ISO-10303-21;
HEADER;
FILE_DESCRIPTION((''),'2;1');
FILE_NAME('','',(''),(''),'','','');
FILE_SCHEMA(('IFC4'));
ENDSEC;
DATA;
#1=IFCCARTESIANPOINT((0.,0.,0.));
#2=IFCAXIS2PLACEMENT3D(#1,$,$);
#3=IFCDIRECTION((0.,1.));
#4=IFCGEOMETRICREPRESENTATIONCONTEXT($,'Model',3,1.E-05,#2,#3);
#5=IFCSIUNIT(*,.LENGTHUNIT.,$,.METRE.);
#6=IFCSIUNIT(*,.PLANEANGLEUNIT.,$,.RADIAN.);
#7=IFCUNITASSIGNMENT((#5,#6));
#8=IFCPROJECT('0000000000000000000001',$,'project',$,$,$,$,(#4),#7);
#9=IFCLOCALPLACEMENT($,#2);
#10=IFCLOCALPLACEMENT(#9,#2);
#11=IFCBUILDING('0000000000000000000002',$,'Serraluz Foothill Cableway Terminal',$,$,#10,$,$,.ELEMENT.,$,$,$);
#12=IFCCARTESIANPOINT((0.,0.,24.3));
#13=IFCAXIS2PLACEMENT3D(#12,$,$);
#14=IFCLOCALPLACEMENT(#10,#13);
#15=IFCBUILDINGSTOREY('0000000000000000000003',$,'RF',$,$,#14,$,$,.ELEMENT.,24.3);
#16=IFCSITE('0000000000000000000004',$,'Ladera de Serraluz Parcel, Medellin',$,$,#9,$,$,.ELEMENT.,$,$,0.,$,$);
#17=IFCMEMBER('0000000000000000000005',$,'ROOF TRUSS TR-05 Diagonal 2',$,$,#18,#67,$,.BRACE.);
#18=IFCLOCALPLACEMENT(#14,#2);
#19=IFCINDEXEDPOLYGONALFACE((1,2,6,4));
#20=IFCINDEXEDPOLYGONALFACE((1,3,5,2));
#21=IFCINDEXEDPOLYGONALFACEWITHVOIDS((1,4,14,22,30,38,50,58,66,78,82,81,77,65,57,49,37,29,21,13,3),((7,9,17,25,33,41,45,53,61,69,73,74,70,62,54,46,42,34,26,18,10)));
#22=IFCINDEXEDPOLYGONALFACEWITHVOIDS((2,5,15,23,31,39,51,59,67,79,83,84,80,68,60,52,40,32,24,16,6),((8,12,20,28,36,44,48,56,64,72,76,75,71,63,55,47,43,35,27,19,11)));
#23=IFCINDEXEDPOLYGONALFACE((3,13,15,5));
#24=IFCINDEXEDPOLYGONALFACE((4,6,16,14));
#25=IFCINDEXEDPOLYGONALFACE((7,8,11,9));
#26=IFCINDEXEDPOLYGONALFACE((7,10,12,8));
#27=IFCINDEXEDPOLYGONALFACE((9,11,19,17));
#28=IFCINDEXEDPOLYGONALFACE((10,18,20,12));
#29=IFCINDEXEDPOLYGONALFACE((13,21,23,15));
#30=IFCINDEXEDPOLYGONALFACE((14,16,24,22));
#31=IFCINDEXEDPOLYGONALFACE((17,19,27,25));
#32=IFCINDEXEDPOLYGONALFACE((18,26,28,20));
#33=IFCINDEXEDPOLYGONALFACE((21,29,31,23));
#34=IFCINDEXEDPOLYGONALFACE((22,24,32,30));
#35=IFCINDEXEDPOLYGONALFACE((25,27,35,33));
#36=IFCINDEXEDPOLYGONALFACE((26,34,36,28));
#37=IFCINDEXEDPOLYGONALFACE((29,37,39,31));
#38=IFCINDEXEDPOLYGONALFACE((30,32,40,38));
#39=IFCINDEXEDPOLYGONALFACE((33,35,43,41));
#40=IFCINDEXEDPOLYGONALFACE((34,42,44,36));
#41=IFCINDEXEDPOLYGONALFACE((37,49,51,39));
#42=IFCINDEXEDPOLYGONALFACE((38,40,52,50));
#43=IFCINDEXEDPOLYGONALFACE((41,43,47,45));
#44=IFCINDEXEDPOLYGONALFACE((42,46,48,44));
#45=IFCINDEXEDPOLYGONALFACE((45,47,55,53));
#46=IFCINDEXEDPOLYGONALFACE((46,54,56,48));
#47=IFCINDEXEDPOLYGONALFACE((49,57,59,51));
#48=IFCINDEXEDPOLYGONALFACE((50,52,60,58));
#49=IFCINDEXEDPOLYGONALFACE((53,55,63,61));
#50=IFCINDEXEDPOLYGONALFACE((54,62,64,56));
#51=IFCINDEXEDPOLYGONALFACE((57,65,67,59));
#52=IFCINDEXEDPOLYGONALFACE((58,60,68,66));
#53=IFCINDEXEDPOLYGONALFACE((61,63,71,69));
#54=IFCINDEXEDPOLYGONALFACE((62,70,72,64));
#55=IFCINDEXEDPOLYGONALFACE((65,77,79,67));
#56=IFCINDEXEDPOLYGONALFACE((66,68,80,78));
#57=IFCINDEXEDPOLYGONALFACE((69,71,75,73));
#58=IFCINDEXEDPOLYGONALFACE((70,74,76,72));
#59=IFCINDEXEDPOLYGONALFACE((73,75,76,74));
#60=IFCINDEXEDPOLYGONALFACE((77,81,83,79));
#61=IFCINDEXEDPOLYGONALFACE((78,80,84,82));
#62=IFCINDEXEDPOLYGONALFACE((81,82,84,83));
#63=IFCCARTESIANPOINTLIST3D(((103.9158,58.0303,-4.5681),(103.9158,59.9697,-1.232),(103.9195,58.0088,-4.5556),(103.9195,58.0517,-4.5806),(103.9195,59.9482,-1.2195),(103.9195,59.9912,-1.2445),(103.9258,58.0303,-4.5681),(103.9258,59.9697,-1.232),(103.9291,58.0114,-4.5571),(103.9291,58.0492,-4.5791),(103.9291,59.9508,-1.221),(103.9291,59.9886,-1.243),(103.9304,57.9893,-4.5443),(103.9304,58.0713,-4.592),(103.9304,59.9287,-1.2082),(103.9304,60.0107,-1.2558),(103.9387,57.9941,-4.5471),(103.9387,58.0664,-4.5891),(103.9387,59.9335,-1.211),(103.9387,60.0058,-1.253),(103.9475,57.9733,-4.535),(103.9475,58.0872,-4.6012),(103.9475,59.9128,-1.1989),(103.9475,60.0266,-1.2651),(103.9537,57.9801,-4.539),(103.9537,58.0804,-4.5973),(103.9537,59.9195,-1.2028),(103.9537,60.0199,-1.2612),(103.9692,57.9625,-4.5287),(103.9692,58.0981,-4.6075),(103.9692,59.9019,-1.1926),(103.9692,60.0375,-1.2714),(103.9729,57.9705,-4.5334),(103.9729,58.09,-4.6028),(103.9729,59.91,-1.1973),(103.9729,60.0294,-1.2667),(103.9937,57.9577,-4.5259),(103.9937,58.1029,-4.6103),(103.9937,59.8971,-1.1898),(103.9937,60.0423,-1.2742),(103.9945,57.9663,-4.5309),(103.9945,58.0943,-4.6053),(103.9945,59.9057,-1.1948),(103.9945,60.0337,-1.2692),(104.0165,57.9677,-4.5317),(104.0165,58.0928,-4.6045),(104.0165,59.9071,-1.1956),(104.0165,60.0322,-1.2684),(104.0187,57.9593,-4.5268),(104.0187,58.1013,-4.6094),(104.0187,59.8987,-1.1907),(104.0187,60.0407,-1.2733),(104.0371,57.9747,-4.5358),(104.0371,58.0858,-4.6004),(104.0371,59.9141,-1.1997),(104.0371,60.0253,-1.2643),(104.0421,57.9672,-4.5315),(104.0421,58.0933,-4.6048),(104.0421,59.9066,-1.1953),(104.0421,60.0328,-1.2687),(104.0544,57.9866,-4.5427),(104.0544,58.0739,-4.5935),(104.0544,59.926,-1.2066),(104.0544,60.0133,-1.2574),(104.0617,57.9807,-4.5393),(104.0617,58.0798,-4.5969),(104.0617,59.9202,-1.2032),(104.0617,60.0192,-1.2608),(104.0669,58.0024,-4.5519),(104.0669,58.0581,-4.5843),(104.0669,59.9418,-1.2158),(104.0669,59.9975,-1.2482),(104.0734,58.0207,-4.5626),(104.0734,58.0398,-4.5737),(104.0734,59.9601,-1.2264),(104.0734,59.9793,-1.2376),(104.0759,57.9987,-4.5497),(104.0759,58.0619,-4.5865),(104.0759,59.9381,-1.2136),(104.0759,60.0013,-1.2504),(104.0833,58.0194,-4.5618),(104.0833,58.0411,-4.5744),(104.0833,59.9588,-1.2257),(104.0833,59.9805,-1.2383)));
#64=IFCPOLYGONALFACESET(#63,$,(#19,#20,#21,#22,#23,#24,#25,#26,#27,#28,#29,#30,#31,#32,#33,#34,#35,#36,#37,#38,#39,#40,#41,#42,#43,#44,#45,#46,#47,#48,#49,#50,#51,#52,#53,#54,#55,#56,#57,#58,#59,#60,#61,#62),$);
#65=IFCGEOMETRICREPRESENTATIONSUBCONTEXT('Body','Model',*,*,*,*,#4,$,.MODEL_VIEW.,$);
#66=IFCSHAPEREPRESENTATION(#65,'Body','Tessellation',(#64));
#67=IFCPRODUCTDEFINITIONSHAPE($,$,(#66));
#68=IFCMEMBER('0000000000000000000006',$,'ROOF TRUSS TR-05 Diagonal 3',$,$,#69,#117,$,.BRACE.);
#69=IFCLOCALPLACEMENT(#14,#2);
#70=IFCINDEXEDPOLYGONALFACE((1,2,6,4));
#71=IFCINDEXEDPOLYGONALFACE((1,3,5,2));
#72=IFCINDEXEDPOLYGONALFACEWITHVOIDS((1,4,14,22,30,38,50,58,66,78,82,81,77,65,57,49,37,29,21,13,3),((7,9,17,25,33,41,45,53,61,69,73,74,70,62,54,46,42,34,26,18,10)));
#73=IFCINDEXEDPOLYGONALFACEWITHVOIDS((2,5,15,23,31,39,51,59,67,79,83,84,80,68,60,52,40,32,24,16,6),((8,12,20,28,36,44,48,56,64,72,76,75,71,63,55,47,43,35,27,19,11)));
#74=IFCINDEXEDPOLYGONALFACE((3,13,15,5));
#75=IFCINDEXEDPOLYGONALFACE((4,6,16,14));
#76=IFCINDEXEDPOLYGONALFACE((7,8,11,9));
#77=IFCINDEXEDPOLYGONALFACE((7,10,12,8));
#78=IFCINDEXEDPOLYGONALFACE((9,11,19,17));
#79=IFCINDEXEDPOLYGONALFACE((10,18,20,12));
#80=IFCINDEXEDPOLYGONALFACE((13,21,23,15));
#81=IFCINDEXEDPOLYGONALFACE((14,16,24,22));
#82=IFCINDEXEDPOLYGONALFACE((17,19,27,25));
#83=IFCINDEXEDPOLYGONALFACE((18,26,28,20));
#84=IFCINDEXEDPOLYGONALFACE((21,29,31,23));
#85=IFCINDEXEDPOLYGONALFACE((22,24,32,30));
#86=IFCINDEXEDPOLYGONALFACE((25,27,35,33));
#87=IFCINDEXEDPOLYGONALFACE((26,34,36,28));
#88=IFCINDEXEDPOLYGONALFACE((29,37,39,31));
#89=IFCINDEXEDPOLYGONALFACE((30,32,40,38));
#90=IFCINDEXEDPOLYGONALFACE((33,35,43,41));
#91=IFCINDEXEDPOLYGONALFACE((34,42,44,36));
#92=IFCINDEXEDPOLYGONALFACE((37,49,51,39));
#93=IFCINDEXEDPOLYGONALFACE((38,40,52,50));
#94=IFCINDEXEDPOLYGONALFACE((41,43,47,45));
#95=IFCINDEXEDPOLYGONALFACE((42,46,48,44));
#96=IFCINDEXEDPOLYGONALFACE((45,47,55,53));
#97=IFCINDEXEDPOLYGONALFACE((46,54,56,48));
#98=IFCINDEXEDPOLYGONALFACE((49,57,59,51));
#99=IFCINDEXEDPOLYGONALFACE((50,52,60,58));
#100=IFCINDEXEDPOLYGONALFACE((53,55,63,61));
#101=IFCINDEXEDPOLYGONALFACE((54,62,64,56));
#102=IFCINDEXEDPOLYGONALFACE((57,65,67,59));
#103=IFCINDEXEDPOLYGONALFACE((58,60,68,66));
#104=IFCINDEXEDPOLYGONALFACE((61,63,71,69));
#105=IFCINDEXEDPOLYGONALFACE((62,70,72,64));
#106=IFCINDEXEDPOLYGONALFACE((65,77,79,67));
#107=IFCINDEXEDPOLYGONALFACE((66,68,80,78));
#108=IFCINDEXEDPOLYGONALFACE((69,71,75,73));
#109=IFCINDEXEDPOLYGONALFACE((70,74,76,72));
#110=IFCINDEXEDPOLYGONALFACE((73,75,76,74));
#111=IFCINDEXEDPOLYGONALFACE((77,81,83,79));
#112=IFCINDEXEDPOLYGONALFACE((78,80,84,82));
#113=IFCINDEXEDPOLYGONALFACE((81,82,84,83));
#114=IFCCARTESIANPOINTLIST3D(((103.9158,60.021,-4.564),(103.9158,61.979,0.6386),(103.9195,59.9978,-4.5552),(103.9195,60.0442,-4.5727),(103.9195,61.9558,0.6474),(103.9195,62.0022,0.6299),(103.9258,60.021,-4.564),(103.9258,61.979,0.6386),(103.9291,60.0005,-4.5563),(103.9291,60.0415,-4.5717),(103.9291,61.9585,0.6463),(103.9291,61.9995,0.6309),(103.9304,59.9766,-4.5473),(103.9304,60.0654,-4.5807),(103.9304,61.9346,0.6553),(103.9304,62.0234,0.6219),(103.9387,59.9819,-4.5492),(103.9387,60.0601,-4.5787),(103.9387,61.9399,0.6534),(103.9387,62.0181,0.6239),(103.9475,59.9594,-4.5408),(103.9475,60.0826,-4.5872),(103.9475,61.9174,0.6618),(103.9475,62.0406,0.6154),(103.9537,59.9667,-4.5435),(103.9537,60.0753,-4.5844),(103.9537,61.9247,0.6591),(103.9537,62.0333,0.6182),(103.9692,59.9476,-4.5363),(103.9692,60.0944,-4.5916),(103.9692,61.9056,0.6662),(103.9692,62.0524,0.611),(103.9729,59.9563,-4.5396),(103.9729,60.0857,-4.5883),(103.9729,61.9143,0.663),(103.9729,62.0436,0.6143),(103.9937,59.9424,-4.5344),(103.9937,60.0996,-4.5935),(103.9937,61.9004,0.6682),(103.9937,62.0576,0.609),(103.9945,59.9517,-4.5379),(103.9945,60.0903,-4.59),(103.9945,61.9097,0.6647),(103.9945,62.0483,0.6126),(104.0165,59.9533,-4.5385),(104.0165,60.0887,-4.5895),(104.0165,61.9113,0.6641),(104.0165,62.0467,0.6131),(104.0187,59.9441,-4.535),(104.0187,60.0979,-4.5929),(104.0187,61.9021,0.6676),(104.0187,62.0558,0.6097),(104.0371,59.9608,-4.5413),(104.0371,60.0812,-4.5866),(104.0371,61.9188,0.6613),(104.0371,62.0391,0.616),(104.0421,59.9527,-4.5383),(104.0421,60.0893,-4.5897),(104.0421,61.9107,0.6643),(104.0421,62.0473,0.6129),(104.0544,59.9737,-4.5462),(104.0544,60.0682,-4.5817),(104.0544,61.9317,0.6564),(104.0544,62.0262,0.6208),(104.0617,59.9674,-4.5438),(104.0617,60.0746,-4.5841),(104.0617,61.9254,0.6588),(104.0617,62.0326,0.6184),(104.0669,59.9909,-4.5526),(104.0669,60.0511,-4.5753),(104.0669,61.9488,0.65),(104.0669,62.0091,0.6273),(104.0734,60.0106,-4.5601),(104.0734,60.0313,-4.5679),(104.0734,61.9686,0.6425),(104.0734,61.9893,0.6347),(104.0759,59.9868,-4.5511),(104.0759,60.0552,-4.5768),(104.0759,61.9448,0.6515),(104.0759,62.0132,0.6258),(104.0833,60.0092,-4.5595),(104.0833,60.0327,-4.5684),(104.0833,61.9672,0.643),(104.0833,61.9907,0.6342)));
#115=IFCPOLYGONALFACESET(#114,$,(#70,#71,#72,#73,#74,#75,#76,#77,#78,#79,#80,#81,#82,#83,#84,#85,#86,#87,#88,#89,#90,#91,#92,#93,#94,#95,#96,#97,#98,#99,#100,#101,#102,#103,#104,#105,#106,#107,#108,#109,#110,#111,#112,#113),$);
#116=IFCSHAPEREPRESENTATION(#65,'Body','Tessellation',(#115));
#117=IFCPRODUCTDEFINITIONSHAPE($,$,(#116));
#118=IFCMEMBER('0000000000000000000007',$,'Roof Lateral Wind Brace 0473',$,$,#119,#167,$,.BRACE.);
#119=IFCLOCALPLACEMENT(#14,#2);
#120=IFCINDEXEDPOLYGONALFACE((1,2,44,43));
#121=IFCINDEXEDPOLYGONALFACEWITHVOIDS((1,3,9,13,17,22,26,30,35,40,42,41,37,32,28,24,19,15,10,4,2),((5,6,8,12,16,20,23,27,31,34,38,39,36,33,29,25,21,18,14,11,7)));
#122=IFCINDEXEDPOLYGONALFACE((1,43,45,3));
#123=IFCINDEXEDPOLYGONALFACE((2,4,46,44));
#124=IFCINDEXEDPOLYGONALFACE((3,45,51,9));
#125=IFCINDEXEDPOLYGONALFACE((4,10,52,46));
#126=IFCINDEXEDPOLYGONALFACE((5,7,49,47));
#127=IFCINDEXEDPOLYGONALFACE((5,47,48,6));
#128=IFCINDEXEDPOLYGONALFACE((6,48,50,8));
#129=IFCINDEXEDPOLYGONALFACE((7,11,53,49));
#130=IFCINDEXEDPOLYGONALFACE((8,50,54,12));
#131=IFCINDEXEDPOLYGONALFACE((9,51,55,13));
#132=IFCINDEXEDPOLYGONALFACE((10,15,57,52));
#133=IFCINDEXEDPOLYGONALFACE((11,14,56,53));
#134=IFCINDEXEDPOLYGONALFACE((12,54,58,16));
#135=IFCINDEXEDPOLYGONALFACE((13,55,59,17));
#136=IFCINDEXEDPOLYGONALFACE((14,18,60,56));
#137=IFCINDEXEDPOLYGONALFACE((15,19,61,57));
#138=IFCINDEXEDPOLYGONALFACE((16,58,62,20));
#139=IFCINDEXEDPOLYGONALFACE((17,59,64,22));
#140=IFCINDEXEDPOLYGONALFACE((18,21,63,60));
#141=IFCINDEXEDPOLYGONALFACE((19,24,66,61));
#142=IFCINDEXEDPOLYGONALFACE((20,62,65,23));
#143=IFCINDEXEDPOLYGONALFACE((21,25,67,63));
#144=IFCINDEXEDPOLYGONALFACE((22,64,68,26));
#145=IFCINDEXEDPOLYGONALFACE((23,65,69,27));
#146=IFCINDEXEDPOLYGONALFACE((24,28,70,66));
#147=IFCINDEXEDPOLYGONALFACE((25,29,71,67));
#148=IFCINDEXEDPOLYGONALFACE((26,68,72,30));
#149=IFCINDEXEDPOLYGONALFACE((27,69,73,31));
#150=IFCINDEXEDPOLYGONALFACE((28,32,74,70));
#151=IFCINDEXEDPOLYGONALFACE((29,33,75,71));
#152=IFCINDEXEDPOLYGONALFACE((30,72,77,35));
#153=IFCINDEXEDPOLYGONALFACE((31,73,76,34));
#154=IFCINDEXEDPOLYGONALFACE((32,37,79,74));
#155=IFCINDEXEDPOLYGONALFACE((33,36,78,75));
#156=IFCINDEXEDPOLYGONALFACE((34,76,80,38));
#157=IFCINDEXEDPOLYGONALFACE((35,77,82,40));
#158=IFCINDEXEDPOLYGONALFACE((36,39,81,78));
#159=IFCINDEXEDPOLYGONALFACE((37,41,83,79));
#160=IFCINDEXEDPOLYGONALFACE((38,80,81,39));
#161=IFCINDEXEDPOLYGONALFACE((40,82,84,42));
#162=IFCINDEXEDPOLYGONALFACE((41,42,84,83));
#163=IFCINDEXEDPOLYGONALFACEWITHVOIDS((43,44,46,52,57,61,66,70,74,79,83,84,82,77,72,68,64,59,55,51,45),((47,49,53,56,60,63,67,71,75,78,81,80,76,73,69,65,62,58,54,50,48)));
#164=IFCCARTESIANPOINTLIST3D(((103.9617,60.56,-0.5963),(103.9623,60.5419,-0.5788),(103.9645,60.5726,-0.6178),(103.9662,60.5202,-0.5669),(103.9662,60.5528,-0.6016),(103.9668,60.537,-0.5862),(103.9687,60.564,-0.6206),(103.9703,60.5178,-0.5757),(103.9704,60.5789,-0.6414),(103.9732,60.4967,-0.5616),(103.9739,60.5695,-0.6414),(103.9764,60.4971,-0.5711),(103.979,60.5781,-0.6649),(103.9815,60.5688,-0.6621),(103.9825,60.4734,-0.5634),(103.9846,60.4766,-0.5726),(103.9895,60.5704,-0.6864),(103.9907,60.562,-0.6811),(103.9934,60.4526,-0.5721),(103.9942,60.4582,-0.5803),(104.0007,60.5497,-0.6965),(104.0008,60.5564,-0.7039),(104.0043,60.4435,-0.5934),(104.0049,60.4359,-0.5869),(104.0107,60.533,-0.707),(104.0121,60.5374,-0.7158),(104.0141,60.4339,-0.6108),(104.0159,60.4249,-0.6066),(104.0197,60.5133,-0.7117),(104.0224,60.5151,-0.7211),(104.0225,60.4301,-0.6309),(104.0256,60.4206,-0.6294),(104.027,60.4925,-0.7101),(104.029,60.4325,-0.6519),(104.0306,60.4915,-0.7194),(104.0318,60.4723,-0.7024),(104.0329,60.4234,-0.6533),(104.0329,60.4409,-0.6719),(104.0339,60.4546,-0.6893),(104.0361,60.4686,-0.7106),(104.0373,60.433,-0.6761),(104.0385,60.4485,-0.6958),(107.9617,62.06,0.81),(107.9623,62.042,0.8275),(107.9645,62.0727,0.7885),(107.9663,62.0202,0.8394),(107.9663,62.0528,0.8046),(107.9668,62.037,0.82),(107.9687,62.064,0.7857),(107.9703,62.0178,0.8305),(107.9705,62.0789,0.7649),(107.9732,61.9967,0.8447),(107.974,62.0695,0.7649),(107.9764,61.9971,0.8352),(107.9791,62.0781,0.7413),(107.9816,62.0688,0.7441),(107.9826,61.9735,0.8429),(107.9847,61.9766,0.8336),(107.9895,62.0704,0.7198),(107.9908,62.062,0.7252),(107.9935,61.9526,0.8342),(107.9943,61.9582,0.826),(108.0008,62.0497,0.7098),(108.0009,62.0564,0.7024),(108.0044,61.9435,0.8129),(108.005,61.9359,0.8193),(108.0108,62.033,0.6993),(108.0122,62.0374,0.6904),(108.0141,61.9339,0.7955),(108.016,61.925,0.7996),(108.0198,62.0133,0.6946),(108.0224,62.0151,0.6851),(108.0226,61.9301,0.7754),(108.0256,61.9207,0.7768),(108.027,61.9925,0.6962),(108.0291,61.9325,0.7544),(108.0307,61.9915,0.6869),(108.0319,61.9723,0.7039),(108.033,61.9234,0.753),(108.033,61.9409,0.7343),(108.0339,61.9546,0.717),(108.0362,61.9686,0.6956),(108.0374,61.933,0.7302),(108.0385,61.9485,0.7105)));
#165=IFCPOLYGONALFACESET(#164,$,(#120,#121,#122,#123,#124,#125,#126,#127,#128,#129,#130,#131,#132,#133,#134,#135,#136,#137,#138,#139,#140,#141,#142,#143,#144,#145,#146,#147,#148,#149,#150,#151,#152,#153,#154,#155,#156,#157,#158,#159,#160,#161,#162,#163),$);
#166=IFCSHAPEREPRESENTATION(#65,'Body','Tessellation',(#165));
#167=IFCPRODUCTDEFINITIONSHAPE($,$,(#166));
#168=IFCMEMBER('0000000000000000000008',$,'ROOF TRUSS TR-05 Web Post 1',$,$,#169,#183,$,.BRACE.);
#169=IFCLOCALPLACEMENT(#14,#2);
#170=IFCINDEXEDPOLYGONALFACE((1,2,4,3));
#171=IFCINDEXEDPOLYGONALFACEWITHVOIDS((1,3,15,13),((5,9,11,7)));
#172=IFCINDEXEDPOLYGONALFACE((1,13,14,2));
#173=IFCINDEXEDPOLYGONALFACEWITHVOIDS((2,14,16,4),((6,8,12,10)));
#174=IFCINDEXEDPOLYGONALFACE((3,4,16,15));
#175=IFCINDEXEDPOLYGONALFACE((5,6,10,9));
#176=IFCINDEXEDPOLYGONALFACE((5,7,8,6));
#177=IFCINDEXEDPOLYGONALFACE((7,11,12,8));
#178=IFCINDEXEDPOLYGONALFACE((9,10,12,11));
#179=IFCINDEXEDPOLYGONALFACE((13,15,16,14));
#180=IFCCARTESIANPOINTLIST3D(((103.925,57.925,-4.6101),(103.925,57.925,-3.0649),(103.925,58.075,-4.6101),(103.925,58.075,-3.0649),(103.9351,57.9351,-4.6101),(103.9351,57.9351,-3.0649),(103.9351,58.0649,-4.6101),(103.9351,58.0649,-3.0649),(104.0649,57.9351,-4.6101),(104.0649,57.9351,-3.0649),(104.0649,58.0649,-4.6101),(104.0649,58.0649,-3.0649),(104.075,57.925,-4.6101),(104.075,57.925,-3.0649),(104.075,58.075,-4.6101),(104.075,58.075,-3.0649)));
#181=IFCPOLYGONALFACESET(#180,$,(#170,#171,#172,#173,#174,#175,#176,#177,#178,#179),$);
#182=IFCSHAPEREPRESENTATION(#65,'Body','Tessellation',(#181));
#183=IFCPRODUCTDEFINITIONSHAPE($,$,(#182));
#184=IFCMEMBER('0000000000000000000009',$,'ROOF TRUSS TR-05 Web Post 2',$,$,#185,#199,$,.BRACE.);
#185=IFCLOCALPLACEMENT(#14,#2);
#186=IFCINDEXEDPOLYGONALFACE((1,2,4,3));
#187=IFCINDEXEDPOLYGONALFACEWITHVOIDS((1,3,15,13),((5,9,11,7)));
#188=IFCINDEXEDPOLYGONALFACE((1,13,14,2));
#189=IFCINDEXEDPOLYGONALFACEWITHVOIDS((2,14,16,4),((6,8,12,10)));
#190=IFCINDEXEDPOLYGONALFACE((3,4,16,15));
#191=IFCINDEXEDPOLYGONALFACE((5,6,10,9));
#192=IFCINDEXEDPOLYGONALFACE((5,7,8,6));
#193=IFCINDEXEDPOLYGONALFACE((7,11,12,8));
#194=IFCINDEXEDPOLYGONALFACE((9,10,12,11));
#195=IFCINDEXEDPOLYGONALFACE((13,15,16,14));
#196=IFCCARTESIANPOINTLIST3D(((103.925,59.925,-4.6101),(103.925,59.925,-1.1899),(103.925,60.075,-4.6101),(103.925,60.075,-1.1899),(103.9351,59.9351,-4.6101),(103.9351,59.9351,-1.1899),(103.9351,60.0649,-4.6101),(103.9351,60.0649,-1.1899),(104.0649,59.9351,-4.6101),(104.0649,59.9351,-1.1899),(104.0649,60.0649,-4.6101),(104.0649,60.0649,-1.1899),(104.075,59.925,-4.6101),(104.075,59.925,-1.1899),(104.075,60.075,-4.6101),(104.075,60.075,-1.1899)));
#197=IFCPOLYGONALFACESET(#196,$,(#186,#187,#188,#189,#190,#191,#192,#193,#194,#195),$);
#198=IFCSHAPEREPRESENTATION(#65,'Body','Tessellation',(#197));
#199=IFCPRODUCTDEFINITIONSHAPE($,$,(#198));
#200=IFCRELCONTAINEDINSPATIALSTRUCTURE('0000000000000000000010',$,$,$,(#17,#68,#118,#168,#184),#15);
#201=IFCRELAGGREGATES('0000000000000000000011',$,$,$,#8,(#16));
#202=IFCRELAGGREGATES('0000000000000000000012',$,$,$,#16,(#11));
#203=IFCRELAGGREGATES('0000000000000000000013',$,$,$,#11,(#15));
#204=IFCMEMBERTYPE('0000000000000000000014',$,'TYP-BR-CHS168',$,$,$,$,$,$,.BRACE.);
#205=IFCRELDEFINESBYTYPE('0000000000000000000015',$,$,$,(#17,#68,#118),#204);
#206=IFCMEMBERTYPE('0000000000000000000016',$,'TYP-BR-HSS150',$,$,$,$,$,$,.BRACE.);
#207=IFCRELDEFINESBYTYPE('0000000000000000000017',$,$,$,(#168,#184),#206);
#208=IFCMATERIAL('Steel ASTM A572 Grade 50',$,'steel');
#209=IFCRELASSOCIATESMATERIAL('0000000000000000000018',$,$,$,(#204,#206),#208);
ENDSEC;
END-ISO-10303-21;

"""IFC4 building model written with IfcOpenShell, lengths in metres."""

from ifc_helpers import new_model, si_unit, direction, frame, origin, origin_2d, place, context, subcontext, project, spatial, hollow_rectangle, hollow_circle, extrude, material, material_profile, profile_set, type_object, element, save


model = new_model("IFC4")

# Units and contexts
model_context = context("Model", 3, precision=1e-05, world=origin(), true_north=direction((0.0, 1.0)))
body_context = subcontext(model_context, "Body", "Model", "MODEL_VIEW")
ifc_project = project(units=[si_unit("LENGTHUNIT", "METRE"), si_unit("PLANEANGLEUNIT", "RADIAN")], contexts=[model_context])

# Site, building, storey
site_placement = place(None, origin())
site = spatial("IfcSite", under=ifc_project, at=site_placement, Name="Ladera de Serraluz Parcel, Medellin", CompositionType="ELEMENT", RefElevation=0.0)
building_placement = place(site_placement, origin())
building = spatial("IfcBuilding", under=site, at=building_placement, Name="Serraluz Foothill Cableway Terminal", CompositionType="ELEMENT")
storey_placement = place(building_placement, frame((0.0, 0.0, 24.3)))
storey = spatial("IfcBuildingStorey", under=building, at=storey_placement, Name="RF", CompositionType="ELEMENT", Elevation=24.3)

# Members
ifc_material_1 = material(Name="Steel ASTM A572 Grade 50", Category="steel")
ifc_material_profile_1 = material_profile(ifc_material_1, hollow_circle(Radius=0.0842, WallThickness=0.01, at=origin_2d()), Name="CHS168X10")
ifc_profile_set_1 = profile_set([ifc_material_profile_1], Name="Steel ASTM A572 Grade 50")
member_type_1 = type_object("IfcMemberType", Name="TYP-BR-CHS168", PredefinedType="BRACE", material=ifc_profile_set_1)
member_1_placement = place(storey_placement, frame((104.0, 58.0303, -4.5681), z_axis=(0.0, 0.502584, 0.864528), x_axis=(-1.0, 0.0, 0.0)))
element("IfcMember", 1, at=member_1_placement, inside=storey, type_object=member_type_1, Name="ROOF TRUSS TR-05 Diagonal 2", PredefinedType="BRACE", context=body_context, shape_type="SweptSolid", body=[
    extrude(hollow_circle(Radius=0.0842, WallThickness=0.01, at=origin_2d()), origin(), (0.0, 0.0, 1.0), 3.8589),
])
member_2_placement = place(storey_placement, frame((104.0, 60.021, -4.564), z_axis=(0.0, 0.35223, 0.935913), x_axis=(-1.0, 0.0, 0.0)))
element("IfcMember", 2, at=member_2_placement, inside=storey, type_object=member_type_1, Name="ROOF TRUSS TR-05 Diagonal 3", PredefinedType="BRACE", context=body_context, shape_type="SweptSolid", body=[
    extrude(hollow_circle(Radius=0.0842, WallThickness=0.01, at=origin_2d()), origin(), (0.0, 0.0, 1.0), 5.5588),
])
member_3_placement = place(storey_placement, frame((104.0, 60.5, -0.6414), z_axis=(0.889382, 0.333518, 0.312673), x_axis=(-0.351123, 0.936329, 0.0)))
element("IfcMember", 3, at=member_3_placement, inside=storey, type_object=member_type_1, Name="Roof Lateral Wind Brace 0473", PredefinedType="BRACE", context=body_context, shape_type="SweptSolid", body=[
    extrude(hollow_circle(Radius=0.0842, WallThickness=0.01, at=origin_2d()), origin(), (0.0, 0.0, 1.0), 4.4976),
])
ifc_material_profile_2 = material_profile(ifc_material_1, hollow_rectangle(XDim=0.1499, YDim=0.1499, WallThickness=0.01, at=origin_2d()), Name="HSS150X150X10")
ifc_profile_set_2 = profile_set([ifc_material_profile_2], Name="Steel ASTM A572 Grade 50")
member_type_2 = type_object("IfcMemberType", Name="TYP-BR-HSS150", PredefinedType="BRACE", material=ifc_profile_set_2)
member_4_placement = place(storey_placement, frame((104.0, 58.0, -4.6101), z_axis=(0.0, 0.0, 1.0), x_axis=(1.0, 0.0, 0.0)))
element("IfcMember", 4, at=member_4_placement, inside=storey, type_object=member_type_2, Name="ROOF TRUSS TR-05 Web Post 1", PredefinedType="BRACE", context=body_context, shape_type="SweptSolid", body=[
    extrude(hollow_rectangle(XDim=0.1499, YDim=0.1499, WallThickness=0.01, at=origin_2d()), origin(), (0.0, 0.0, 1.0), 1.5452),
])
member_5_placement = place(storey_placement, frame((104.0, 60.0, -4.6101), z_axis=(0.0, 0.0, 1.0), x_axis=(1.0, 0.0, 0.0)))
element("IfcMember", 5, at=member_5_placement, inside=storey, type_object=member_type_2, Name="ROOF TRUSS TR-05 Web Post 2", PredefinedType="BRACE", context=body_context, shape_type="SweptSolid", body=[
    extrude(hollow_rectangle(XDim=0.1499, YDim=0.1499, WallThickness=0.01, at=origin_2d()), origin(), (0.0, 0.0, 1.0), 3.4202),
])

save(model, "model.ifc")
